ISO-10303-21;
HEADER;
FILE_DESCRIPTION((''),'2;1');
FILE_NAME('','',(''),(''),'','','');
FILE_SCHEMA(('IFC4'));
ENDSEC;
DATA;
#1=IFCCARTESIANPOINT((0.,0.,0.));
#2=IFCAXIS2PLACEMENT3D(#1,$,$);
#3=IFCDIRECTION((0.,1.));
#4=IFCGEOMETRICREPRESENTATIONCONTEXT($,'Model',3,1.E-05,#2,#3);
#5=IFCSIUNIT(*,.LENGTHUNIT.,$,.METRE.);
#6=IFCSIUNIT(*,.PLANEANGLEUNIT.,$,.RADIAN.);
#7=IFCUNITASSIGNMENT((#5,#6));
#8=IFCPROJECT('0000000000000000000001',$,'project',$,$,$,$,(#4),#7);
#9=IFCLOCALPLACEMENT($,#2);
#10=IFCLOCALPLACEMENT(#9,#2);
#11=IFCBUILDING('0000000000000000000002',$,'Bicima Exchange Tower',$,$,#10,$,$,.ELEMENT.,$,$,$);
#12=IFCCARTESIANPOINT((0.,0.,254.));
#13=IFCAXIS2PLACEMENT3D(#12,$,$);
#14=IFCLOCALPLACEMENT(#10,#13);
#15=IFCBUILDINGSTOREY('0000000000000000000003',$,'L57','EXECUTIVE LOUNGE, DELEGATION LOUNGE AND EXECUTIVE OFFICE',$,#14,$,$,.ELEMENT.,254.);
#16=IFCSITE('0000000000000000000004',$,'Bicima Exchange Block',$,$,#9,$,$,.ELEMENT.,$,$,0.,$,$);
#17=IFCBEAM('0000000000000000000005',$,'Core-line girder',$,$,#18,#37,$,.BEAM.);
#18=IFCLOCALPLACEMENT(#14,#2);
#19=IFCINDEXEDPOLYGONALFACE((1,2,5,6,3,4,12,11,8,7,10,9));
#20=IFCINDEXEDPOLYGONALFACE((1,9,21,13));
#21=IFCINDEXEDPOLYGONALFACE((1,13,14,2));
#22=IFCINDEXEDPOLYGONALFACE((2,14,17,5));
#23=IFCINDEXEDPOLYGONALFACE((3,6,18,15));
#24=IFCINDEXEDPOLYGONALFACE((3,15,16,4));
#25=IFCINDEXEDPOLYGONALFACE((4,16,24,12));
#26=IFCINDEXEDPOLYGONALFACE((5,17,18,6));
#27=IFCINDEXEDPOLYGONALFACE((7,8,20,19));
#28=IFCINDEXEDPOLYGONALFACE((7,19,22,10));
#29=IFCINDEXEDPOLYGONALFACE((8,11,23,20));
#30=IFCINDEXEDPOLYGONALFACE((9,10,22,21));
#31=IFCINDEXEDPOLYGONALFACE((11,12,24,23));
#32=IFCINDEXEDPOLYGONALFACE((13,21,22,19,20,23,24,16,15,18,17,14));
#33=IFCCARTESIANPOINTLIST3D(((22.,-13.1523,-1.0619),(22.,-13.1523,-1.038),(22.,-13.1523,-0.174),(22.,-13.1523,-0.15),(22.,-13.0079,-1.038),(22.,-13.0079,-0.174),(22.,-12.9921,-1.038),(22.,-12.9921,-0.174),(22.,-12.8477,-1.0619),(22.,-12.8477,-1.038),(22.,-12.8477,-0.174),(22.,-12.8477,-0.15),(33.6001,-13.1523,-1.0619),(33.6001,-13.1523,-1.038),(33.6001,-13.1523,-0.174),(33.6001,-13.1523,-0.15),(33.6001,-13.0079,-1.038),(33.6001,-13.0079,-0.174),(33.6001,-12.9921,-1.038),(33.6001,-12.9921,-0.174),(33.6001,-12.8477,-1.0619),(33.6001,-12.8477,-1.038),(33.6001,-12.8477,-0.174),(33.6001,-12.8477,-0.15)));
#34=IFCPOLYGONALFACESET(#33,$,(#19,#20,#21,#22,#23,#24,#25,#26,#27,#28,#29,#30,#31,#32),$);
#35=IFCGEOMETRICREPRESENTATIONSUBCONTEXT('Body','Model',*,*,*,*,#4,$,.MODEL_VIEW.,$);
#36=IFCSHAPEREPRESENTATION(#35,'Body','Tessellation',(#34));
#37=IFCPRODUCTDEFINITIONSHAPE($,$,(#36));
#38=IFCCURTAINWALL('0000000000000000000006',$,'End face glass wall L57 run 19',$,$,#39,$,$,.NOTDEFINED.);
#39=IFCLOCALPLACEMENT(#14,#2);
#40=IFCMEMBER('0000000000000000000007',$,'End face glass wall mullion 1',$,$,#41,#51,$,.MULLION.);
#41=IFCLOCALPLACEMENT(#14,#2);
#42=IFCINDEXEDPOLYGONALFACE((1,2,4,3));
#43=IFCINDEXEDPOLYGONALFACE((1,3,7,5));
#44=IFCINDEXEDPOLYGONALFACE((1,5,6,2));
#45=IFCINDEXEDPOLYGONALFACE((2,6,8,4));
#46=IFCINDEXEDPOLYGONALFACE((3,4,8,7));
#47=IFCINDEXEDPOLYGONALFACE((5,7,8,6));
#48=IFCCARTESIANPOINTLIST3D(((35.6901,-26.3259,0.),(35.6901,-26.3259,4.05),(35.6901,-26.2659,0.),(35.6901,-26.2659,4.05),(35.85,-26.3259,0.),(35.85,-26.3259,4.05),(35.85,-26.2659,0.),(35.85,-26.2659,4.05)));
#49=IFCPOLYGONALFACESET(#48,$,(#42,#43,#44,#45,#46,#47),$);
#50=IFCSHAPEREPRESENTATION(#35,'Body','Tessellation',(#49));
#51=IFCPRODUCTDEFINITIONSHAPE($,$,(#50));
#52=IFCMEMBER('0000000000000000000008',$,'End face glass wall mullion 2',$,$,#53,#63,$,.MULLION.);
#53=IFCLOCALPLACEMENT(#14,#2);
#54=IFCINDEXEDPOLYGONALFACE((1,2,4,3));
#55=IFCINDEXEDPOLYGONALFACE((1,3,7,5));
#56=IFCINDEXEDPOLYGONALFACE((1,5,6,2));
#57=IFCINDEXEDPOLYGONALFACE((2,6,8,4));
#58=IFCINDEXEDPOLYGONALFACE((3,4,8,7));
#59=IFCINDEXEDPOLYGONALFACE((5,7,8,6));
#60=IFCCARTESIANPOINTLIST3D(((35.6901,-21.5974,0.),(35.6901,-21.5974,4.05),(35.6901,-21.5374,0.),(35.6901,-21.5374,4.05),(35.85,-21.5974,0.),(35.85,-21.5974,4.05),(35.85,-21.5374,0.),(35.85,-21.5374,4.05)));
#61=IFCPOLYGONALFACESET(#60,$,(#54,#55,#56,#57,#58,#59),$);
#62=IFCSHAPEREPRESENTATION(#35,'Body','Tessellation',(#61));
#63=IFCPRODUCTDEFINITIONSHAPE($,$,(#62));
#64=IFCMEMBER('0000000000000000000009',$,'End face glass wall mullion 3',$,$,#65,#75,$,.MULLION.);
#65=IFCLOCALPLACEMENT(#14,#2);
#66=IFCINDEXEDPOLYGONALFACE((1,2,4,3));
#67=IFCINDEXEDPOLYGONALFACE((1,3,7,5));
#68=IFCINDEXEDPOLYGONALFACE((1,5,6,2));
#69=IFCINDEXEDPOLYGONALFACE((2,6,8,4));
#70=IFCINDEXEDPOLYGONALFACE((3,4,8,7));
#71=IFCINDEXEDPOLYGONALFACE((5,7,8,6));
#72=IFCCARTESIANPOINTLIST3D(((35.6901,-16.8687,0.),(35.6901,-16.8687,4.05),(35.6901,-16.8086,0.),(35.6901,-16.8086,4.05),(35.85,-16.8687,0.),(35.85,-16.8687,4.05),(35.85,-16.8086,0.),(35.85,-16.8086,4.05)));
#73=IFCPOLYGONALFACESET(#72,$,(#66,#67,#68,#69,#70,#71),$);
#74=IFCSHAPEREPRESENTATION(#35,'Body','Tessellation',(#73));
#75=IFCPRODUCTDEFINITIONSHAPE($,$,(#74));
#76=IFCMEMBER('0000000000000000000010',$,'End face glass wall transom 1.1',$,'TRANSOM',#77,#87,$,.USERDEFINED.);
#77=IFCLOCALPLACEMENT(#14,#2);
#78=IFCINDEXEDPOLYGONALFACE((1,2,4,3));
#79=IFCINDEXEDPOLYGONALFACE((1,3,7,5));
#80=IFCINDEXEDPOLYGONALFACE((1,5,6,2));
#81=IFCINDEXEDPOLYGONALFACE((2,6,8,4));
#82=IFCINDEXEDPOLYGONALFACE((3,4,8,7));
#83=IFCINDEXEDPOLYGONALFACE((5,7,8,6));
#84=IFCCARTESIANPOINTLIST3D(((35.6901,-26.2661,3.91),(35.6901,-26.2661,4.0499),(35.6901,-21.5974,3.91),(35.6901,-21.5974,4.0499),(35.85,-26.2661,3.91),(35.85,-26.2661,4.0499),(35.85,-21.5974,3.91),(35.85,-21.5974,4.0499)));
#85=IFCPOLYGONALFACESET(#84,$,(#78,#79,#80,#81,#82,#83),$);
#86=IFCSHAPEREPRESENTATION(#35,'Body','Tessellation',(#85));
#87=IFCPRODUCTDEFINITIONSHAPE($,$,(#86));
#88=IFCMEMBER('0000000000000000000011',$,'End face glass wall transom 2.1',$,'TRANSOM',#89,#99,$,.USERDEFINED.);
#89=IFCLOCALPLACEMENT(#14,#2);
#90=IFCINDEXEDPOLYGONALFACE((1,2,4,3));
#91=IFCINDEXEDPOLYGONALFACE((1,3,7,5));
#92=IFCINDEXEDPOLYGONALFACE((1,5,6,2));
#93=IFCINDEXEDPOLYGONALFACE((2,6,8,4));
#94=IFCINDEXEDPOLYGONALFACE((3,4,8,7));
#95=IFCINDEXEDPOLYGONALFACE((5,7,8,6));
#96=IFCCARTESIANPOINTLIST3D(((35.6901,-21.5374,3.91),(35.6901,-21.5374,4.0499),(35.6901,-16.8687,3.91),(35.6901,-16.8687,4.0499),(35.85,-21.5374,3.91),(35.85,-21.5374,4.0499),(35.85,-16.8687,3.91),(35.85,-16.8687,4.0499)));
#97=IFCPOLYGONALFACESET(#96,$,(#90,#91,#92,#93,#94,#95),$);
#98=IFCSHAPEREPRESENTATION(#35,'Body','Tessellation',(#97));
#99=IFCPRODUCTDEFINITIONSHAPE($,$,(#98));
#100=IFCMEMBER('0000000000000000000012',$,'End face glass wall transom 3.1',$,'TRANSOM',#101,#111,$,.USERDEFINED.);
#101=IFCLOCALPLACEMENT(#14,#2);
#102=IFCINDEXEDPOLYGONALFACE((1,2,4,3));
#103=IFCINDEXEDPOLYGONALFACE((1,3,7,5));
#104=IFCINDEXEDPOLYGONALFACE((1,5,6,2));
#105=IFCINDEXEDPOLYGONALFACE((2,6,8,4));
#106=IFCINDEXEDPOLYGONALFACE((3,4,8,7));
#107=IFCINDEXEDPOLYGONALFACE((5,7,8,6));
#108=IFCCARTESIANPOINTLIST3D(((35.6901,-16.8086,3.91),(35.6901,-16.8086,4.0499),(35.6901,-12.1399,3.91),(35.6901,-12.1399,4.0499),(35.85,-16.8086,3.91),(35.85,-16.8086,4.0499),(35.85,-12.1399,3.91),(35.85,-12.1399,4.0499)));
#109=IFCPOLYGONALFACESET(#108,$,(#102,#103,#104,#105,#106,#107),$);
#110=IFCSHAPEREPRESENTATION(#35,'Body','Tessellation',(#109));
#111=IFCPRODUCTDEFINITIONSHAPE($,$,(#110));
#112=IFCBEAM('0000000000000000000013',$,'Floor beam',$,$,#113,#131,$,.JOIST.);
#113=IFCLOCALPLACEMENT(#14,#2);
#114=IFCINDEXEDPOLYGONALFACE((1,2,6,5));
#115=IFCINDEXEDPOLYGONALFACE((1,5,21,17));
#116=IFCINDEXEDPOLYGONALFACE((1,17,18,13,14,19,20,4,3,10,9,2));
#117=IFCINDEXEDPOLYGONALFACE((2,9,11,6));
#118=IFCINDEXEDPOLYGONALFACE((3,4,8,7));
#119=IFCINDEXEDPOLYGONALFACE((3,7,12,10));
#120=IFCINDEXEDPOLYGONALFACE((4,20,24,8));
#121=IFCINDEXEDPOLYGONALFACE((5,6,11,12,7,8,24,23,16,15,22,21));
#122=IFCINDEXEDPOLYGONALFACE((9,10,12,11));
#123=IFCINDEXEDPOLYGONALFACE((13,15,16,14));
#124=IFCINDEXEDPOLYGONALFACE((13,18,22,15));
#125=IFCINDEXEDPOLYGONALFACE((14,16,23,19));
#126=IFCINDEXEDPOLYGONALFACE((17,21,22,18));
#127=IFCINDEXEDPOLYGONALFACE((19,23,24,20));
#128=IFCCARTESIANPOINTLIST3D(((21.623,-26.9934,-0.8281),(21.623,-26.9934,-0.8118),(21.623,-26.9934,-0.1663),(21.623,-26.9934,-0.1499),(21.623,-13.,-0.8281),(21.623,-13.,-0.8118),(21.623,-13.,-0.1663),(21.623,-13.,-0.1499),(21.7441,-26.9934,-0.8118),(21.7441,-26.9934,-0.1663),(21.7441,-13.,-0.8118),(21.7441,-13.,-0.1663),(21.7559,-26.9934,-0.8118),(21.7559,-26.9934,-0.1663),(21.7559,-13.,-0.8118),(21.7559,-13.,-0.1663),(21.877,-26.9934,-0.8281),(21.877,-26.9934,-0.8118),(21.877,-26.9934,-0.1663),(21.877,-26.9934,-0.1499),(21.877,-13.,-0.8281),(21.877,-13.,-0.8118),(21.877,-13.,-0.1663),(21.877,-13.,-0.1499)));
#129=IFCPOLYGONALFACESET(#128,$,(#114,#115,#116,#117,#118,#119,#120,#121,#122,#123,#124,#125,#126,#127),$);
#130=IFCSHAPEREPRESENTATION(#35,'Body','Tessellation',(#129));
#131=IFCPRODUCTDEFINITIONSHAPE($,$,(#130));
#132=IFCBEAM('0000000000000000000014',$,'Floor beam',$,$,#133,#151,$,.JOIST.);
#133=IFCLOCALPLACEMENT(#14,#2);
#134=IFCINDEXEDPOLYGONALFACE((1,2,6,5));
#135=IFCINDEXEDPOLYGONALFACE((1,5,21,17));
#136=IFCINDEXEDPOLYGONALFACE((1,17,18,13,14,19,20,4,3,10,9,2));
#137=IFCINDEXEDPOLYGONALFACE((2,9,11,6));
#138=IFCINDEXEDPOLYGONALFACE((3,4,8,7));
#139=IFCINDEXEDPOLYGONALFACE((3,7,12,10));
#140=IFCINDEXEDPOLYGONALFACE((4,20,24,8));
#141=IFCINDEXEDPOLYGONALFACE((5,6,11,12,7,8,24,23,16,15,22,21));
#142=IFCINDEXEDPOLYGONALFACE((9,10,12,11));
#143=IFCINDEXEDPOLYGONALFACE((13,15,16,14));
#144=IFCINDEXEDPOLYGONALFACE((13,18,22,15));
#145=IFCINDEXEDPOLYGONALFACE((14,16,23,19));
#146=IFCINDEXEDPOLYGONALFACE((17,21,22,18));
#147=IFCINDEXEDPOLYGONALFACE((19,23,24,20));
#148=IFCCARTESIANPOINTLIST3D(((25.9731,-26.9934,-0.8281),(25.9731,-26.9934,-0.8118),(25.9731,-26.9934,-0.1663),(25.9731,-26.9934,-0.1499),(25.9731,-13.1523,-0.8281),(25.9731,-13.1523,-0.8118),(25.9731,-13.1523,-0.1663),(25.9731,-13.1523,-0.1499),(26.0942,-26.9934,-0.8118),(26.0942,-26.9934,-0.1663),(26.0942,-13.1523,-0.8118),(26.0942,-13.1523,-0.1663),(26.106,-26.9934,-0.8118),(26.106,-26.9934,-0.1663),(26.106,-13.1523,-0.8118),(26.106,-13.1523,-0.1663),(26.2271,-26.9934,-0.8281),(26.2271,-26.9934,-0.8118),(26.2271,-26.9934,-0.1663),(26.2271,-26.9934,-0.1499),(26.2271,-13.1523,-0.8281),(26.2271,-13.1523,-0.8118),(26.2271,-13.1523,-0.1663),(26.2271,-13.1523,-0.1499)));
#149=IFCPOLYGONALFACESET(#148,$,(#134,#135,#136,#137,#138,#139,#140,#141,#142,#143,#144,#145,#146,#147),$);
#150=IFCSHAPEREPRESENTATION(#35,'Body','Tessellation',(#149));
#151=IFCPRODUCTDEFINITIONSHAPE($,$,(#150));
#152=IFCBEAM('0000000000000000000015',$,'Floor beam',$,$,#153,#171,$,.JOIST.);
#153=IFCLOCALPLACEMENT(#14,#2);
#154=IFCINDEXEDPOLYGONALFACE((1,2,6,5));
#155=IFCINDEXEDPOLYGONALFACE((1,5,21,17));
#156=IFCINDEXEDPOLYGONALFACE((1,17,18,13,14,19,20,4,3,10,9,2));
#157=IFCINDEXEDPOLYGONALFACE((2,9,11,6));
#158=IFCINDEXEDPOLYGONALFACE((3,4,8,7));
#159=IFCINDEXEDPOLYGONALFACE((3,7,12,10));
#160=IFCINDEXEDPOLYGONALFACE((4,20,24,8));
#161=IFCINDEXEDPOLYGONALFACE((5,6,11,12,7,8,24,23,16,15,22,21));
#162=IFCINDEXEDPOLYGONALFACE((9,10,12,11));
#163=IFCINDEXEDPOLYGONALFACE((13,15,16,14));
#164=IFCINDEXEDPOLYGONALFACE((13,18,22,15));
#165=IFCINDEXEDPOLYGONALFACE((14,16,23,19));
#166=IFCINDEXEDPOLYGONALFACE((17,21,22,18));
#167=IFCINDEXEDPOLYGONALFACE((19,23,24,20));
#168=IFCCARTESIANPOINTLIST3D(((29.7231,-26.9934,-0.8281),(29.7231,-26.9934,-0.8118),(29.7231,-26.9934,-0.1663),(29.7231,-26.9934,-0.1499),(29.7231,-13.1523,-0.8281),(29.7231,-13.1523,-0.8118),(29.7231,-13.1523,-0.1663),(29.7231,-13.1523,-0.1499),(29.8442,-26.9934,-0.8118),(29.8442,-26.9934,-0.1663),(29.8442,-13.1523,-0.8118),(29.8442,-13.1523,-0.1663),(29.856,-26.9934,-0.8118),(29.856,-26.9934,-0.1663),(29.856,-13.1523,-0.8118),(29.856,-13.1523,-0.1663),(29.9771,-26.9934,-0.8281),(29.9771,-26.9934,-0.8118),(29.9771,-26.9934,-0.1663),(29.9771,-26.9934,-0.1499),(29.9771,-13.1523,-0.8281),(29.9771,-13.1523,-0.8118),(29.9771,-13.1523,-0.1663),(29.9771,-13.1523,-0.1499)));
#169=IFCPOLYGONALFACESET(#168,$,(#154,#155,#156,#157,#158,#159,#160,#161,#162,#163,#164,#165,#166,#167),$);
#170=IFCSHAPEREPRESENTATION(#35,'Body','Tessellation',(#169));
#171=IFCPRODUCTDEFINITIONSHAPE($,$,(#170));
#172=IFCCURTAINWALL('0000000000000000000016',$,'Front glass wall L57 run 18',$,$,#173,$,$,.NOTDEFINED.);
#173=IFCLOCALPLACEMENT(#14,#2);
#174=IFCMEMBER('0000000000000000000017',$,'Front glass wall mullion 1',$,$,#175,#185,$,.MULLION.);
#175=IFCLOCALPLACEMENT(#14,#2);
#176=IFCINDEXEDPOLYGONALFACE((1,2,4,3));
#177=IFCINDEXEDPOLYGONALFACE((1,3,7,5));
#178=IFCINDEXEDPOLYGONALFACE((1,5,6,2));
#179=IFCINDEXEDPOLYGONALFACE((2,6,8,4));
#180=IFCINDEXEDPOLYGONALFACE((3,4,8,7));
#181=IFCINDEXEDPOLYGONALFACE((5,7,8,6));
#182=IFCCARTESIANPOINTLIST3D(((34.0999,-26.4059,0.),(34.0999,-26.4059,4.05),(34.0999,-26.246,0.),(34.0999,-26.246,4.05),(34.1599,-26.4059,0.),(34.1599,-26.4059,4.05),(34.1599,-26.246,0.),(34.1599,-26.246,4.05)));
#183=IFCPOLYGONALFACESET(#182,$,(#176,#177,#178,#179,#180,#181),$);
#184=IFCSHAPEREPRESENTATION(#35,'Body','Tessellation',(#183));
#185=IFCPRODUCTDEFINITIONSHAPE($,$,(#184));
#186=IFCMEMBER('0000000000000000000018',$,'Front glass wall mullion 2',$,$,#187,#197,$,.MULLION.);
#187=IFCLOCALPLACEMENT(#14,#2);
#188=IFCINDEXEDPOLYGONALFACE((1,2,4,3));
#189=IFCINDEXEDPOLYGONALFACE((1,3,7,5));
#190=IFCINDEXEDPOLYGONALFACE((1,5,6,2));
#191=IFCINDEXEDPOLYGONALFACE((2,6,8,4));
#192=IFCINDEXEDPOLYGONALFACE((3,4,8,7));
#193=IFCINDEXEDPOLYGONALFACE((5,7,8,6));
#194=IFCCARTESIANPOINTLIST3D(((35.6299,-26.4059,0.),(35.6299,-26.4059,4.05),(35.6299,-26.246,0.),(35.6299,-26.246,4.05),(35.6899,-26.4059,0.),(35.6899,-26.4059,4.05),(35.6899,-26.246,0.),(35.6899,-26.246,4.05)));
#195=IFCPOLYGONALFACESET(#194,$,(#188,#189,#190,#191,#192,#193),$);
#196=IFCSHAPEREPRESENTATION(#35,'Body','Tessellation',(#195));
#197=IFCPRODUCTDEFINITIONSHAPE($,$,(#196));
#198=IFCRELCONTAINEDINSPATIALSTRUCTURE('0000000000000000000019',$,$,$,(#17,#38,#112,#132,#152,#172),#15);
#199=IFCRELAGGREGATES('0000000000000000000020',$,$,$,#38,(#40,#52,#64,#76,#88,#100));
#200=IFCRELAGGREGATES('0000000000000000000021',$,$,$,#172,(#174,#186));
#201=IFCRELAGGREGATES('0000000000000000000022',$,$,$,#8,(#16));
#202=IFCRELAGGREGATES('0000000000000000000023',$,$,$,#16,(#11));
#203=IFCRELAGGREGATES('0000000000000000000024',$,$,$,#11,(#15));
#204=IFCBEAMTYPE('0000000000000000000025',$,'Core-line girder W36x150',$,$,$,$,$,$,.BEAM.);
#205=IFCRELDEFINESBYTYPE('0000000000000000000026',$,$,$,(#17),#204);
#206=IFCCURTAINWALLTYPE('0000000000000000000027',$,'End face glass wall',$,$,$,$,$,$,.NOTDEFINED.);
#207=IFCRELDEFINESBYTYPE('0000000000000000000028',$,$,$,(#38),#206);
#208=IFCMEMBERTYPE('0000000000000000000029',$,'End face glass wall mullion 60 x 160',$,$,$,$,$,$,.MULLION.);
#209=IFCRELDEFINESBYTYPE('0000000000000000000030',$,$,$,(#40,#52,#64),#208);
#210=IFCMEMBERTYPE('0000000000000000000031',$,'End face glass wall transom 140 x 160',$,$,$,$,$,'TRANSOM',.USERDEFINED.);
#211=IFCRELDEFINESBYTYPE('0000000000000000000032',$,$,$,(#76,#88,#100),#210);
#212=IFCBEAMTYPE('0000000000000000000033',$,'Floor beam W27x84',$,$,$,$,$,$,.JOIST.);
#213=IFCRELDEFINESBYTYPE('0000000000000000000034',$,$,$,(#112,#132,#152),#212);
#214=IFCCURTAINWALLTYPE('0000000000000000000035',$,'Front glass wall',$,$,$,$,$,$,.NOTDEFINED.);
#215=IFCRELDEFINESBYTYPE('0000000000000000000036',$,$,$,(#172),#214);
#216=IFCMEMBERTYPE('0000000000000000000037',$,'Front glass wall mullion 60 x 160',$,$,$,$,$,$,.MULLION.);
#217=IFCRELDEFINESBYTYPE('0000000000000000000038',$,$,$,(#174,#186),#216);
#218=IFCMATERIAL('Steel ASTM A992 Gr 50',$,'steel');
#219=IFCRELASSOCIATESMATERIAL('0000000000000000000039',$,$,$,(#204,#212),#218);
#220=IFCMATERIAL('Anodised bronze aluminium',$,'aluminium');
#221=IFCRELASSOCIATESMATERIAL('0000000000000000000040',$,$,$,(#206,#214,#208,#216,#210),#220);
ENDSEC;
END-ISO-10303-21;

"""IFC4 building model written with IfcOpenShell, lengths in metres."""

from ifc_helpers import new_model, si_unit, direction, frame, origin, origin_2d, place, context, subcontext, project, spatial, rectangle, i_section, extrude, material, material_profile, profile_set, type_object, element, aggregate, save


model = new_model("IFC4")

# Units and contexts
model_context = context("Model", 3, precision=1e-05, world=origin(), true_north=direction((0.0, 1.0)))
body_context = subcontext(model_context, "Body", "Model", "MODEL_VIEW")
ifc_project = project(units=[si_unit("LENGTHUNIT", "METRE"), si_unit("PLANEANGLEUNIT", "RADIAN")], contexts=[model_context])

# Site, building, storey
site_placement = place(None, origin())
site = spatial("IfcSite", under=ifc_project, at=site_placement, Name="Bicima Exchange Block", CompositionType="ELEMENT", RefElevation=0.0)
building_placement = place(site_placement, origin())
building = spatial("IfcBuilding", under=site, at=building_placement, Name="Bicima Exchange Tower", CompositionType="ELEMENT")
storey_placement = place(building_placement, frame((0.0, 0.0, 254.0)))
storey = spatial("IfcBuildingStorey", under=building, at=storey_placement, Name="L57", Description="EXECUTIVE LOUNGE, DELEGATION LOUNGE AND EXECUTIVE OFFICE", CompositionType="ELEMENT", Elevation=254.0)

# Beam
ifc_material_1 = material(Name="Steel ASTM A992 Gr 50", Category="steel")
ifc_material_profile_1 = material_profile(ifc_material_1, i_section(OverallWidth=0.3047, OverallDepth=0.9119, WebThickness=0.0159, FlangeThickness=0.0239, at=origin_2d()))
ifc_profile_set_1 = profile_set([ifc_material_profile_1], Name="Steel ASTM A992 Gr 50")
beam_type_1 = type_object("IfcBeamType", Name="Core-line girder W36x150", PredefinedType="BEAM", material=ifc_profile_set_1)
beam_1_placement = place(storey_placement, frame((22.0, -13.0, -0.606), z_axis=(1.0, 0.0, 0.0), x_axis=(0.0, 1.0, 0.0)))
element("IfcBeam", 1, at=beam_1_placement, inside=storey, type_object=beam_type_1, Name="Core-line girder", PredefinedType="BEAM", context=body_context, shape_type="SweptSolid", body=[
    extrude(i_section(OverallWidth=0.3047, OverallDepth=0.9119, WebThickness=0.0159, FlangeThickness=0.0239, at=origin_2d()), origin(), (0.0, 0.0, 1.0), 11.6001),
])

# Curtain wall, members
ifc_material_2 = material(Name="Anodised bronze aluminium", Category="aluminium")
curtain_wall_type_1 = type_object("IfcCurtainWallType", Name="End face glass wall", PredefinedType="NOTDEFINED", material=ifc_material_2)
curtain_wall_1_placement = place(storey_placement, origin())
curtain_wall_1 = element("IfcCurtainWall", 2, at=curtain_wall_1_placement, inside=storey, type_object=curtain_wall_type_1, Name="End face glass wall L57 run 19", PredefinedType="NOTDEFINED")
ifc_material_profile_2 = material_profile(ifc_material_2, rectangle(XDim=0.1599, YDim=0.0601, at=origin_2d()))
ifc_profile_set_2 = profile_set([ifc_material_profile_2], Name="Anodised bronze aluminium")
member_type_1 = type_object("IfcMemberType", Name="End face glass wall mullion 60 x 160", PredefinedType="MULLION", material=ifc_profile_set_2)
member_1_placement = place(storey_placement, frame((35.77, -26.2959, 0.0), z_axis=(0.0, 0.0, 1.0), x_axis=(-1.0, 0.0, 0.0)))
member_1 = element("IfcMember", 3, at=member_1_placement, type_object=member_type_1, Name="End face glass wall mullion 1", PredefinedType="MULLION", context=body_context, shape_type="SweptSolid", body=[
    extrude(rectangle(XDim=0.1599, YDim=0.0601, at=origin_2d()), origin(), (0.0, 0.0, 1.0), 4.05),
])
member_2_placement = place(storey_placement, frame((35.77, -21.5674, 0.0), z_axis=(0.0, 0.0, 1.0), x_axis=(-1.0, 0.0, 0.0)))
member_2 = element("IfcMember", 4, at=member_2_placement, type_object=member_type_1, Name="End face glass wall mullion 2", PredefinedType="MULLION", context=body_context, shape_type="SweptSolid", body=[
    extrude(rectangle(XDim=0.1599, YDim=0.0601, at=origin_2d()), origin(), (0.0, 0.0, 1.0), 4.05),
])
member_3_placement = place(storey_placement, frame((35.77, -16.8386, 0.0), z_axis=(0.0, 0.0, 1.0), x_axis=(-1.0, 0.0, 0.0)))
member_3 = element("IfcMember", 5, at=member_3_placement, type_object=member_type_1, Name="End face glass wall mullion 3", PredefinedType="MULLION", context=body_context, shape_type="SweptSolid", body=[
    extrude(rectangle(XDim=0.1599, YDim=0.0601, at=origin_2d()), origin(), (0.0, 0.0, 1.0), 4.05),
])
ifc_material_profile_3 = material_profile(ifc_material_2, rectangle(XDim=0.1599, YDim=0.1399, at=origin_2d()))
ifc_profile_set_3 = profile_set([ifc_material_profile_3], Name="Anodised bronze aluminium")
member_type_2 = type_object("IfcMemberType", Name="End face glass wall transom 140 x 160", ElementType="TRANSOM", PredefinedType="USERDEFINED", material=ifc_profile_set_3)
member_4_placement = place(storey_placement, frame((35.77, -26.2661, 3.98), z_axis=(0.0, 1.0, 0.0), x_axis=(-1.0, 0.0, 0.0)))
member_4 = element("IfcMember", 6, at=member_4_placement, type_object=member_type_2, Name="End face glass wall transom 1.1", ObjectType="TRANSOM", PredefinedType="USERDEFINED", context=body_context, shape_type="SweptSolid", body=[
    extrude(rectangle(XDim=0.1599, YDim=0.1399, at=origin_2d()), origin(), (0.0, 0.0, 1.0), 4.6687),
])
member_5_placement = place(storey_placement, frame((35.77, -21.5374, 3.98), z_axis=(0.0, 1.0, 0.0), x_axis=(-1.0, 0.0, 0.0)))
member_5 = element("IfcMember", 7, at=member_5_placement, type_object=member_type_2, Name="End face glass wall transom 2.1", ObjectType="TRANSOM", PredefinedType="USERDEFINED", context=body_context, shape_type="SweptSolid", body=[
    extrude(rectangle(XDim=0.1599, YDim=0.1399, at=origin_2d()), origin(), (0.0, 0.0, 1.0), 4.6687),
])
member_6_placement = place(storey_placement, frame((35.77, -16.8086, 3.98), z_axis=(0.0, 1.0, 0.0), x_axis=(-1.0, 0.0, 0.0)))
member_6 = element("IfcMember", 8, at=member_6_placement, type_object=member_type_2, Name="End face glass wall transom 3.1", ObjectType="TRANSOM", PredefinedType="USERDEFINED", context=body_context, shape_type="SweptSolid", body=[
    extrude(rectangle(XDim=0.1599, YDim=0.1399, at=origin_2d()), origin(), (0.0, 0.0, 1.0), 4.6687),
])

# Beams
ifc_material_profile_4 = material_profile(ifc_material_1, i_section(OverallWidth=0.2539, OverallDepth=0.6782, WebThickness=0.0117, FlangeThickness=0.0164, at=origin_2d()))
ifc_profile_set_4 = profile_set([ifc_material_profile_4], Name="Steel ASTM A992 Gr 50")
beam_type_2 = type_object("IfcBeamType", Name="Floor beam W27x84", PredefinedType="JOIST", material=ifc_profile_set_4)
beam_2_placement = place(storey_placement, frame((21.75, -13.0, -0.489), z_axis=(0.0, -1.0, 0.0), x_axis=(1.0, 0.0, 0.0)))
element("IfcBeam", 9, at=beam_2_placement, inside=storey, type_object=beam_type_2, Name="Floor beam", PredefinedType="JOIST", context=body_context, shape_type="SweptSolid", body=[
    extrude(i_section(OverallWidth=0.2539, OverallDepth=0.6782, WebThickness=0.0117, FlangeThickness=0.0164, at=origin_2d()), origin(), (0.0, 0.0, 1.0), 13.9934),
])
for number, where, z_axis, x_axis, name in (
    (10, (26.1001, -13.1523, -0.489), (0.0, -1.0, 0.0), (1.0, 0.0, 0.0), "Floor beam"),
    (11, (29.8501, -13.1523, -0.489), (0.0, -1.0, 0.0), (1.0, 0.0, 0.0), "Floor beam"),
):
    element("IfcBeam", number, at=place(storey_placement, frame(where, z_axis=z_axis, x_axis=x_axis)), inside=storey, type_object=beam_type_2, Name=name, PredefinedType="JOIST", context=body_context, shape_type="SweptSolid", body=[
        extrude(i_section(OverallWidth=0.2539, OverallDepth=0.6782, WebThickness=0.0117, FlangeThickness=0.0164, at=origin_2d()), origin(), (0.0, 0.0, 1.0), 13.8411),
    ])

# Curtain wall, members
curtain_wall_type_2 = type_object("IfcCurtainWallType", Name="Front glass wall", PredefinedType="NOTDEFINED", material=ifc_material_2)
curtain_wall_2_placement = place(storey_placement, origin())
curtain_wall_2 = element("IfcCurtainWall", 12, at=curtain_wall_2_placement, inside=storey, type_object=curtain_wall_type_2, Name="Front glass wall L57 run 18", PredefinedType="NOTDEFINED")
member_type_3 = type_object("IfcMemberType", Name="Front glass wall mullion 60 x 160", PredefinedType="MULLION", material=ifc_profile_set_2)
member_7_placement = place(storey_placement, frame((34.1299, -26.3259, 0.0), z_axis=(0.0, 0.0, 1.0), x_axis=(0.0, 1.0, 0.0)))
member_7 = element("IfcMember", 13, at=member_7_placement, type_object=member_type_3, Name="Front glass wall mullion 1", PredefinedType="MULLION", context=body_context, shape_type="SweptSolid", body=[
    extrude(rectangle(XDim=0.1599, YDim=0.0601, at=origin_2d()), origin(), (0.0, 0.0, 1.0), 4.05),
])
member_8_placement = place(storey_placement, frame((35.6599, -26.3259, 0.0), z_axis=(0.0, 0.0, 1.0), x_axis=(0.0, 1.0, 0.0)))
member_8 = element("IfcMember", 14, at=member_8_placement, type_object=member_type_3, Name="Front glass wall mullion 2", PredefinedType="MULLION", context=body_context, shape_type="SweptSolid", body=[
    extrude(rectangle(XDim=0.1599, YDim=0.0601, at=origin_2d()), origin(), (0.0, 0.0, 1.0), 4.05),
])

aggregate(curtain_wall_1, [member_1, member_2, member_3, member_4, member_5, member_6])
aggregate(curtain_wall_2, [member_7, member_8])

save(model, "model.ifc")
